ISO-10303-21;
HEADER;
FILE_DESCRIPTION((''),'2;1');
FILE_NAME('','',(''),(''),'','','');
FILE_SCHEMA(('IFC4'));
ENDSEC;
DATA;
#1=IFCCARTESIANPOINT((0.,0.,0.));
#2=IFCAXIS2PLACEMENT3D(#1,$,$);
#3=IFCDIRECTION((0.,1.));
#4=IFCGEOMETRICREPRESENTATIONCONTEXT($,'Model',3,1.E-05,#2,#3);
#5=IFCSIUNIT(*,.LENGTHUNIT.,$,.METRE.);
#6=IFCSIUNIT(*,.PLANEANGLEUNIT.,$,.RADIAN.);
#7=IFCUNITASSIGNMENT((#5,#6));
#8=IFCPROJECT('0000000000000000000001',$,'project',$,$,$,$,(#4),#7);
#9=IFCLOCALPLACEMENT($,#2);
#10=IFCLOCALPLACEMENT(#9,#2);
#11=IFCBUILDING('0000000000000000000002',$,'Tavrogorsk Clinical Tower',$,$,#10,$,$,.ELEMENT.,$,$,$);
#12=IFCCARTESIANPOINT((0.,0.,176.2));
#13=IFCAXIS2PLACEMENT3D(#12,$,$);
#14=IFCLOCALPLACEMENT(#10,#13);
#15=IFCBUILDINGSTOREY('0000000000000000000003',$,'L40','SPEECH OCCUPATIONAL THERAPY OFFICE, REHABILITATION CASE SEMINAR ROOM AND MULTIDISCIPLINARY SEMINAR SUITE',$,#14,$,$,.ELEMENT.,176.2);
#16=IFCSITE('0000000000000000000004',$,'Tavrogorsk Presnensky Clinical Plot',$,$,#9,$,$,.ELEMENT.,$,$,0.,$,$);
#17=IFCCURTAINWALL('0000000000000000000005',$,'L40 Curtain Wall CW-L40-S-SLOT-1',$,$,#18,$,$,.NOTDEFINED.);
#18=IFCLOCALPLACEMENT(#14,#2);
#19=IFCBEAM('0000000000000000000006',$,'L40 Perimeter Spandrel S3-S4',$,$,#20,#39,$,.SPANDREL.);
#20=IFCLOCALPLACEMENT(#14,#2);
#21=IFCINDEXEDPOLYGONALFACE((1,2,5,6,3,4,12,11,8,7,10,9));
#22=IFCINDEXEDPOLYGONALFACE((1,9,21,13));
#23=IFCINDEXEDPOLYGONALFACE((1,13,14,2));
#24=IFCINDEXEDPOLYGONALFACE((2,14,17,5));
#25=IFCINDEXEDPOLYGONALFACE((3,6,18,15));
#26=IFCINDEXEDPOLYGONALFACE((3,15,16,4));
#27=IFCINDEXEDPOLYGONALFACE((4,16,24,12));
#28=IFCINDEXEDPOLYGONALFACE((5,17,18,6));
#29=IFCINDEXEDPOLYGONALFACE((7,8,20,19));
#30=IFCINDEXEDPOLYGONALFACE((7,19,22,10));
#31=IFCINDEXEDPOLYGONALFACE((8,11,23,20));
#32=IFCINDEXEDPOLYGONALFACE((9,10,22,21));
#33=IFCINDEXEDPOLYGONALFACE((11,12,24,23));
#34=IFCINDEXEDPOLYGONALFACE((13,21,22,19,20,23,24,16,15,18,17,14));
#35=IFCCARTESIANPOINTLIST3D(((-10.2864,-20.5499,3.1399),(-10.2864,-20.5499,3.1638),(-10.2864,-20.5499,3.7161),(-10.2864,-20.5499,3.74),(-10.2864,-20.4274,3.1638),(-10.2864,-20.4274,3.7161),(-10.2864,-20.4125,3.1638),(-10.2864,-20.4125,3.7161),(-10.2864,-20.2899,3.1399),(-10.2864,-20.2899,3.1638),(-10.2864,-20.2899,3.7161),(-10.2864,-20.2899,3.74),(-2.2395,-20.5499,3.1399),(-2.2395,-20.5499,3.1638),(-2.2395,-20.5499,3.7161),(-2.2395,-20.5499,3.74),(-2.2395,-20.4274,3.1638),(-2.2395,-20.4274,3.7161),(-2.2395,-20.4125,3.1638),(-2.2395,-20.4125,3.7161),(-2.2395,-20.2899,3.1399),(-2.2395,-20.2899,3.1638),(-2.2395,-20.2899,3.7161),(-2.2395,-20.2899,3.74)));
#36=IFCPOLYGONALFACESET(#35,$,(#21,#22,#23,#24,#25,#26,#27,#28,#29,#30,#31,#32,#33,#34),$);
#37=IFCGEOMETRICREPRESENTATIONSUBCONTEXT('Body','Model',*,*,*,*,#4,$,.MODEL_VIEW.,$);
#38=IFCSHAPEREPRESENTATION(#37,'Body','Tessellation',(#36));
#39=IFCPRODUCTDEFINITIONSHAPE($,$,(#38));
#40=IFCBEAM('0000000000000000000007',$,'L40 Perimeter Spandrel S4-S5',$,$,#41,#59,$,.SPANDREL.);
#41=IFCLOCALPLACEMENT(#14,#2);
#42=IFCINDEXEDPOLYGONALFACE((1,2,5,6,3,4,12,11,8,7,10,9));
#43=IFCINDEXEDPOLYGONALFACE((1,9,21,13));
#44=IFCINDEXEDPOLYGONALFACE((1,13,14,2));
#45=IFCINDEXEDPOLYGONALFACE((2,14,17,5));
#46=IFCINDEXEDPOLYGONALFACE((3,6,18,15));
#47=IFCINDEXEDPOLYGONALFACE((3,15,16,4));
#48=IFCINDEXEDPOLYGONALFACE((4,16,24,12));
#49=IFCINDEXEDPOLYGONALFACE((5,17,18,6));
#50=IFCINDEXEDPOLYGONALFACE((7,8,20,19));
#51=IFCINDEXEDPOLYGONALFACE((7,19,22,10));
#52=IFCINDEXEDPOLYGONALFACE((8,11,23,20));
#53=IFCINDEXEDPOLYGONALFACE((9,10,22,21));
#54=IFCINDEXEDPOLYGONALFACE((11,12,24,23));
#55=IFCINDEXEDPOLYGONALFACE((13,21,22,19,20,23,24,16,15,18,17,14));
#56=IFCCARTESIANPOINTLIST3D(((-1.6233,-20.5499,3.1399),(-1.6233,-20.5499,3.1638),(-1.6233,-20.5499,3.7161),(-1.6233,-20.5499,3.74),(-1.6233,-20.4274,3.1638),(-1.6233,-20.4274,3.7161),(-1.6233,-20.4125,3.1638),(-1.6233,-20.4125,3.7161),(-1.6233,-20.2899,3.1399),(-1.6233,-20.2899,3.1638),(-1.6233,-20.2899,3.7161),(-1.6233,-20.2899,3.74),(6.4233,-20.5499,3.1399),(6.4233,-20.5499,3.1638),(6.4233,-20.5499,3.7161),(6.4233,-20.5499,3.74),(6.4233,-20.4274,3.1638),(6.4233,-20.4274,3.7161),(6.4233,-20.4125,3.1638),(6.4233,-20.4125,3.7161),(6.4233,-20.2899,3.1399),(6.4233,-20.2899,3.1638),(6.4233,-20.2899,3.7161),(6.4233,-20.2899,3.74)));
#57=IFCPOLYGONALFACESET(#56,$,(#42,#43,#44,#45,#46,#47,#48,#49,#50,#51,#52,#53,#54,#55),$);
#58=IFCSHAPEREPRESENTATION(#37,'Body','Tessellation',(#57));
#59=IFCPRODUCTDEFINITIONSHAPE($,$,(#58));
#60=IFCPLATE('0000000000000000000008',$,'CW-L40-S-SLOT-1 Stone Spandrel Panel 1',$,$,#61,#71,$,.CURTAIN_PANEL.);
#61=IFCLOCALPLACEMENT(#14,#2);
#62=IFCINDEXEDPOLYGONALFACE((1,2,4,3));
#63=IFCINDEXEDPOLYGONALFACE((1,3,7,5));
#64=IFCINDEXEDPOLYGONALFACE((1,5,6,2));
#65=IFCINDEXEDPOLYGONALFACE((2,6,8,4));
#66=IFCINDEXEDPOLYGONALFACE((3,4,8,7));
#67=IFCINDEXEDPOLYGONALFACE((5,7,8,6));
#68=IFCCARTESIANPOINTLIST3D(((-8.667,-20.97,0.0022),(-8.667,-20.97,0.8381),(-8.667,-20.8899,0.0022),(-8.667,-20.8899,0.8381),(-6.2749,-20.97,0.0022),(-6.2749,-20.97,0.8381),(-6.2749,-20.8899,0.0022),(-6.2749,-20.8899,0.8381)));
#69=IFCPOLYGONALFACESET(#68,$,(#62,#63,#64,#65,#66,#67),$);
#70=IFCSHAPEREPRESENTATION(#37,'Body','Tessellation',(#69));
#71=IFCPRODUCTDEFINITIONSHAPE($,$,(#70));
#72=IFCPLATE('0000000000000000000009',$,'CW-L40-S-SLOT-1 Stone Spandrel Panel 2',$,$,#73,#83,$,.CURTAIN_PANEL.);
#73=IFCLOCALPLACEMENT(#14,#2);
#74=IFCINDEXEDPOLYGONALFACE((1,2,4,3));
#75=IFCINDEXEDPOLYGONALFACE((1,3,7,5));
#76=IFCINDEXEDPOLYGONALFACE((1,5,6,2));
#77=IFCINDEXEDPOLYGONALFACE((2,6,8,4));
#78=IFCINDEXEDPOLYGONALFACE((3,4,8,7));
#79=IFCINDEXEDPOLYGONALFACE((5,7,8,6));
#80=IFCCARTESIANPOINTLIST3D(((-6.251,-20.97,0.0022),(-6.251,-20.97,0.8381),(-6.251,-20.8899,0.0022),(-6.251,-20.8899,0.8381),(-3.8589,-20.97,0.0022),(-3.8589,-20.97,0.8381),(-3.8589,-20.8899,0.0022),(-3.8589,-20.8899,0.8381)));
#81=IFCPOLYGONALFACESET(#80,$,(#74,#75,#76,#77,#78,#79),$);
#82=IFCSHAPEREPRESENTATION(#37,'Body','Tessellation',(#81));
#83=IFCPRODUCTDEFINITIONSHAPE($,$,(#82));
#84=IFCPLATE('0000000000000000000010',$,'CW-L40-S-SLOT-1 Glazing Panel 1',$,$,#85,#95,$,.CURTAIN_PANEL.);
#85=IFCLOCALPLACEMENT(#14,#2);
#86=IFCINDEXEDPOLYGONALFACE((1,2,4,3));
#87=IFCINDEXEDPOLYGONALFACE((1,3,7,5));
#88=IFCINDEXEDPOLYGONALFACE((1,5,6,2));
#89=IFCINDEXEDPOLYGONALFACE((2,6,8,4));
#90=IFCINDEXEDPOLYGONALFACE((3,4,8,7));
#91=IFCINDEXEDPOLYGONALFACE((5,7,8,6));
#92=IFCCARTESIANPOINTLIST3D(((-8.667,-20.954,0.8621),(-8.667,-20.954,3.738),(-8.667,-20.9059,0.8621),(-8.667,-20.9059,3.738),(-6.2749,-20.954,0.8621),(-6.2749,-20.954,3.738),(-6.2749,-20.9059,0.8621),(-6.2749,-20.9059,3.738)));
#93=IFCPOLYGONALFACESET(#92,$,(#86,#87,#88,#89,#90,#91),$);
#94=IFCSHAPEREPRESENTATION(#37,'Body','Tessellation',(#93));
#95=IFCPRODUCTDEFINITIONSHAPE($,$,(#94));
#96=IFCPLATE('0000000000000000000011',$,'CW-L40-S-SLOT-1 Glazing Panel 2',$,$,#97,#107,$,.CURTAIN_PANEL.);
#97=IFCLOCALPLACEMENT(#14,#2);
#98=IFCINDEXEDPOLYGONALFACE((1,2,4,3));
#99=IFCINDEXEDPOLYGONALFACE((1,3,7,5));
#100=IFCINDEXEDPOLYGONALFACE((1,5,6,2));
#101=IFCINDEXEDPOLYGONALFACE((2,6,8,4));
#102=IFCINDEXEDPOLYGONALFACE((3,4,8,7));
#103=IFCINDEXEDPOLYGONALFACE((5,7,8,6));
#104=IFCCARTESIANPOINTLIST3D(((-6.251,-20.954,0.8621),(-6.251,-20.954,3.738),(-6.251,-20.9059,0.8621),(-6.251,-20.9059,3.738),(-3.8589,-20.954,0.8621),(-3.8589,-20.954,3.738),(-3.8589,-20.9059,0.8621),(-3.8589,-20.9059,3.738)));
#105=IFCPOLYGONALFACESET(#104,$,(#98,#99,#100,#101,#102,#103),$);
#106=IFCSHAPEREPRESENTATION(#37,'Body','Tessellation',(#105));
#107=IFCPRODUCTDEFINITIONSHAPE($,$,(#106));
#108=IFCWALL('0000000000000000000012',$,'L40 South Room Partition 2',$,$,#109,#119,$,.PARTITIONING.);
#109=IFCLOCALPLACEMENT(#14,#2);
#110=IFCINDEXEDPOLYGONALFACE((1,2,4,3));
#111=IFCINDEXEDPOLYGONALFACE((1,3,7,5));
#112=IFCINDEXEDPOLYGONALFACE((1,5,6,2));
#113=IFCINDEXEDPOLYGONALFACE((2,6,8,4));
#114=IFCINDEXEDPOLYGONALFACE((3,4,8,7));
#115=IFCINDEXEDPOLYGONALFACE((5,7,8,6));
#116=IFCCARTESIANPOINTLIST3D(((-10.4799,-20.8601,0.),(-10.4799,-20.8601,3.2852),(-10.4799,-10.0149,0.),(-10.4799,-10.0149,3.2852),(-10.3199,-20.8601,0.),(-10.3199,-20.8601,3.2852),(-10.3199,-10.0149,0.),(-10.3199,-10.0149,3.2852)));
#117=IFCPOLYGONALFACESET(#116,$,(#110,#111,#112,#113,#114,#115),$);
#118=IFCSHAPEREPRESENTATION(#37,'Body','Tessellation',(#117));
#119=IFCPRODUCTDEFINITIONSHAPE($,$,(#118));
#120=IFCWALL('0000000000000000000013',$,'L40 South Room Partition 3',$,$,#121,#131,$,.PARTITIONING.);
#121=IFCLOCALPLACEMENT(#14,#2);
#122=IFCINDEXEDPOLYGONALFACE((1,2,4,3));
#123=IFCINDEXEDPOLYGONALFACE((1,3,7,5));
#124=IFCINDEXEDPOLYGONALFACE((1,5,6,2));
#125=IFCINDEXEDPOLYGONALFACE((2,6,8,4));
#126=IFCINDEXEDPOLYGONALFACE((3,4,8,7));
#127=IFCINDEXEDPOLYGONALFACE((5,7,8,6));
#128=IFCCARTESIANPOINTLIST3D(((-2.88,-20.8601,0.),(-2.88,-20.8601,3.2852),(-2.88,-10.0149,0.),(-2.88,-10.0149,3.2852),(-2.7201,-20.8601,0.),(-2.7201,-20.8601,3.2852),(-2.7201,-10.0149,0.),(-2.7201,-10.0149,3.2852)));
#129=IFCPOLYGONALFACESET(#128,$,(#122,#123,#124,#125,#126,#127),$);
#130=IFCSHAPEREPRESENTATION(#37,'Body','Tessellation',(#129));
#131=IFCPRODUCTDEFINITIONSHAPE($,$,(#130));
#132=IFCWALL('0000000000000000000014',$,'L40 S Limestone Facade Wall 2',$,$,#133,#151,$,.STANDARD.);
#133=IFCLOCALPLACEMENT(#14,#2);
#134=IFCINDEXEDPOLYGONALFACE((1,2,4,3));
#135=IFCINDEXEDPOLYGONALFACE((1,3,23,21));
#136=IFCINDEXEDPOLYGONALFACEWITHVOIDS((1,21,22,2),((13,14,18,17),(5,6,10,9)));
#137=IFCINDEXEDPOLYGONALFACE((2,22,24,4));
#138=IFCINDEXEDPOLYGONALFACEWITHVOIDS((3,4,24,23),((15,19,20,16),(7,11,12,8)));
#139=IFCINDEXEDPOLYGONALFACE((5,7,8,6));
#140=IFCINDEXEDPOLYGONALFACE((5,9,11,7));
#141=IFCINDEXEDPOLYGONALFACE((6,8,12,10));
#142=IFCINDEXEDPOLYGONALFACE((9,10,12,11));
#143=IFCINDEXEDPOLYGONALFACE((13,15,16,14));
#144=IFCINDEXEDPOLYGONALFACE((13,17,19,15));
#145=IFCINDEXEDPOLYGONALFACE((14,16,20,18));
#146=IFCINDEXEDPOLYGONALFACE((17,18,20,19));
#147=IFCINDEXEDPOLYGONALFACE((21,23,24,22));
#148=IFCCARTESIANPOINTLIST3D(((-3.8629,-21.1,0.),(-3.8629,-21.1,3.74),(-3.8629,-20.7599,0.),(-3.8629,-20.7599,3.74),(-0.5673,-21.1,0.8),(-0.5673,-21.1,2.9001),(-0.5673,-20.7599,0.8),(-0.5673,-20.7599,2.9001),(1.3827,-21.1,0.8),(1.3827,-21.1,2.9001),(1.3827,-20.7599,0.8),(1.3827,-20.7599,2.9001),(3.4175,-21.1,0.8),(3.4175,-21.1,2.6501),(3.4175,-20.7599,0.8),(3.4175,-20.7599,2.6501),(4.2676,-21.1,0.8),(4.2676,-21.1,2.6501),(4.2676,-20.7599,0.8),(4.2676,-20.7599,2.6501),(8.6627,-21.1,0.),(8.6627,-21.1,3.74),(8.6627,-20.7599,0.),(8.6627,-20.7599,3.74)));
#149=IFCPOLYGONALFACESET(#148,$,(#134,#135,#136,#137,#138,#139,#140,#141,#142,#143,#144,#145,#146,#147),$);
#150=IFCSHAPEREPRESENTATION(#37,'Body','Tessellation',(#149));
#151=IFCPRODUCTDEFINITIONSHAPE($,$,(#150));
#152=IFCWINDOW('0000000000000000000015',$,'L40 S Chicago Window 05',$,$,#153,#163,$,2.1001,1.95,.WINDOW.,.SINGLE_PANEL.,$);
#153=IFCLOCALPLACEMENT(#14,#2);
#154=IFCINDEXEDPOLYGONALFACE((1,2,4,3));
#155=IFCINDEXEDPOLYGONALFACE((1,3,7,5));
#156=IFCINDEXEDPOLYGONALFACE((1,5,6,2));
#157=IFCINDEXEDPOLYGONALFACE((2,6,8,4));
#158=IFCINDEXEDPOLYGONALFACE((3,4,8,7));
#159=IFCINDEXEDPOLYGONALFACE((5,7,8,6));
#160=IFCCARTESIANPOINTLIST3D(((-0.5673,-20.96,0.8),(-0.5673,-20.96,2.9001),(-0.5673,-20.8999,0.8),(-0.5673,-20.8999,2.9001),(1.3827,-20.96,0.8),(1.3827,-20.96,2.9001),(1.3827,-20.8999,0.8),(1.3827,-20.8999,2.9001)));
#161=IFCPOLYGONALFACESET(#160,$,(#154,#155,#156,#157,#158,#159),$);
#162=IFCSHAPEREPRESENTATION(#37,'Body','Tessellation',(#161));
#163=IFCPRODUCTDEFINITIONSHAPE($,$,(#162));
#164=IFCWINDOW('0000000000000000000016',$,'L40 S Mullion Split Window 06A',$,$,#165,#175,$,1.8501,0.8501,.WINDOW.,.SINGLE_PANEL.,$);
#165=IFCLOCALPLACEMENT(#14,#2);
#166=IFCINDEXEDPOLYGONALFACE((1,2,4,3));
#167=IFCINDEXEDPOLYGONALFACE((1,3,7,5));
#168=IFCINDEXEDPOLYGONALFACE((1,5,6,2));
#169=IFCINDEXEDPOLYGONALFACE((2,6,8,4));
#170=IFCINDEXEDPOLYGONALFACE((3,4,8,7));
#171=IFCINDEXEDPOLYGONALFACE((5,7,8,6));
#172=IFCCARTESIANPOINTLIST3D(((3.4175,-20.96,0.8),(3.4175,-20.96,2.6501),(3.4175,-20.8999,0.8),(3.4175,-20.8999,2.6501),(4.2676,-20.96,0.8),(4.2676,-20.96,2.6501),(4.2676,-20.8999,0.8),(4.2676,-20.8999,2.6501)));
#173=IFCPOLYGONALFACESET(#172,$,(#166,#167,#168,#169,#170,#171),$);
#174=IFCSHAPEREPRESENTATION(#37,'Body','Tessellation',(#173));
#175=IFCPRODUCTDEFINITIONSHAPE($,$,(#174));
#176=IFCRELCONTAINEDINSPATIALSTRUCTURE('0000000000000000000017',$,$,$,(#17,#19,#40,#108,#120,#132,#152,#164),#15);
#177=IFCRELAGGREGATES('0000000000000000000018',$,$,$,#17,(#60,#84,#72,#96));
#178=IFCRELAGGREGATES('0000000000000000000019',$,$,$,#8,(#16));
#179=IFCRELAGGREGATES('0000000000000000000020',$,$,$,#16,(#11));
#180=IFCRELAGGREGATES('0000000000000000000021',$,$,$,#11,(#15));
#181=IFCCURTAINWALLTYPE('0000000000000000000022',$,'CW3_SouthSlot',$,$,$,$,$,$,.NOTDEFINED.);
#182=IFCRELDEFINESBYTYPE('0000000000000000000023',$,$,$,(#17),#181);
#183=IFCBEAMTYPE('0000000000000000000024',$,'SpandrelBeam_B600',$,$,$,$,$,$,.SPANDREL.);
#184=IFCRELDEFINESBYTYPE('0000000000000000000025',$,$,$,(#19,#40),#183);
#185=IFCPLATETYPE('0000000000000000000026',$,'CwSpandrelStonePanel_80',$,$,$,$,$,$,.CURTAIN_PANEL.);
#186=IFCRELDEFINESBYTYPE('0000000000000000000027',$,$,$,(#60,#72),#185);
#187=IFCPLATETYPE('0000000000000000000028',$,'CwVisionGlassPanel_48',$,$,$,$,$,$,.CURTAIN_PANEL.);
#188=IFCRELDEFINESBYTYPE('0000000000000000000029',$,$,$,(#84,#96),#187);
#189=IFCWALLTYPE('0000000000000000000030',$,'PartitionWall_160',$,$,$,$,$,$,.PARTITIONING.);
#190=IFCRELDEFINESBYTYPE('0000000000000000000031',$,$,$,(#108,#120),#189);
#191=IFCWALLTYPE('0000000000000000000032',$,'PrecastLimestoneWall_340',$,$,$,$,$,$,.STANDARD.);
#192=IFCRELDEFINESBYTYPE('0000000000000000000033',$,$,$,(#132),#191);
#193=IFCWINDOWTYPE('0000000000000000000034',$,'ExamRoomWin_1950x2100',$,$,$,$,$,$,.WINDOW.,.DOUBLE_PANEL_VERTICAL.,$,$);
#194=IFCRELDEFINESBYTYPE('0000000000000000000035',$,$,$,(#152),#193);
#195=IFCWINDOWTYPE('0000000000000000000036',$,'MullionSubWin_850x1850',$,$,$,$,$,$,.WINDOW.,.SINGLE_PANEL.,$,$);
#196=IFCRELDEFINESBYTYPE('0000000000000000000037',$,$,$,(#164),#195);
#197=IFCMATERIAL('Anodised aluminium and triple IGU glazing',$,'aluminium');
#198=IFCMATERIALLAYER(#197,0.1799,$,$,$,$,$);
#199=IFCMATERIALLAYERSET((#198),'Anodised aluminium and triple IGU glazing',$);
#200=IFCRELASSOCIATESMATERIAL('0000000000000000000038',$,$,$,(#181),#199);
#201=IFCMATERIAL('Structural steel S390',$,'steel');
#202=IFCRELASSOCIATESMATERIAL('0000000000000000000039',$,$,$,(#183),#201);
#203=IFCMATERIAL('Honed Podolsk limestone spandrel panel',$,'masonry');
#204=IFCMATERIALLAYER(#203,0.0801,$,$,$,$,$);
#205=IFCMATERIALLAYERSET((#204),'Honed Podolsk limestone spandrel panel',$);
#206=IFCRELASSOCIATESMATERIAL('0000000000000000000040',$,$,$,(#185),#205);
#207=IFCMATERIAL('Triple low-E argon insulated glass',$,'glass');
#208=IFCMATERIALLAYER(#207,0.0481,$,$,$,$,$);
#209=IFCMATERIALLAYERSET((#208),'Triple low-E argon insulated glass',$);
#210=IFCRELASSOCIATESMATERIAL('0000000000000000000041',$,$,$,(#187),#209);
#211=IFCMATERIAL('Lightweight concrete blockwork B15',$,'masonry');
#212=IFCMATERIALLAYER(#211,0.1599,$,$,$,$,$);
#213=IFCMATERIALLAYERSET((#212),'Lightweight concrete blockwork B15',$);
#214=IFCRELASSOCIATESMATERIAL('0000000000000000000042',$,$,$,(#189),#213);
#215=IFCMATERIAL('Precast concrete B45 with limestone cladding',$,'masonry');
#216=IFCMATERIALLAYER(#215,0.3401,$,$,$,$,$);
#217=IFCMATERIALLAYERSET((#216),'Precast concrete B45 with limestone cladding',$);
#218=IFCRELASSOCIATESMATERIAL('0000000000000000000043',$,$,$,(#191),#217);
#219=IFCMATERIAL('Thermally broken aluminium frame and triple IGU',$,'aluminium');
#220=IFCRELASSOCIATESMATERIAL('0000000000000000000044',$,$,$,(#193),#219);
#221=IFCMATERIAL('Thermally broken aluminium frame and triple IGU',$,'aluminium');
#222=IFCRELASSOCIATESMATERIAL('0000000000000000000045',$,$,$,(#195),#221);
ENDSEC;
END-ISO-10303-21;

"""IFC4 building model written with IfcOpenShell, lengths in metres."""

from ifc_helpers import new_model, si_unit, direction, frame, frame_2d, origin, origin_2d, place, context, subcontext, project, spatial, rectangle, i_section, extrude, material, layer, layer_set, material_profile, profile_set, type_object, element, fill, aggregate, save


model = new_model("IFC4")

# Units and contexts
model_context = context("Model", 3, precision=1e-05, world=origin(), true_north=direction((0.0, 1.0)))
body_context = subcontext(model_context, "Body", "Model", "MODEL_VIEW")
ifc_project = project(units=[si_unit("LENGTHUNIT", "METRE"), si_unit("PLANEANGLEUNIT", "RADIAN")], contexts=[model_context])

# Site, building, storey
site_placement = place(None, origin())
site = spatial("IfcSite", under=ifc_project, at=site_placement, Name="Tavrogorsk Presnensky Clinical Plot", CompositionType="ELEMENT", RefElevation=0.0)
building_placement = place(site_placement, origin())
building = spatial("IfcBuilding", under=site, at=building_placement, Name="Tavrogorsk Clinical Tower", CompositionType="ELEMENT")
storey_placement = place(building_placement, frame((0.0, 0.0, 176.2)))
storey = spatial("IfcBuildingStorey", under=building, at=storey_placement, Name="L40", Description="SPEECH OCCUPATIONAL THERAPY OFFICE, REHABILITATION CASE SEMINAR ROOM AND MULTIDISCIPLINARY SEMINAR SUITE", CompositionType="ELEMENT", Elevation=176.2)

# Curtain wall
ifc_material_1 = material(Name="Anodised aluminium and triple IGU glazing", Category="aluminium")
ifc_layer_1 = layer(ifc_material_1, 0.1799)
ifc_layer_set_1 = layer_set([ifc_layer_1], Name="Anodised aluminium and triple IGU glazing")
curtain_wall_type = type_object("IfcCurtainWallType", Name="CW3_SouthSlot", PredefinedType="NOTDEFINED", material=ifc_layer_set_1)
curtain_wall_placement = place(storey_placement, origin())
curtain_wall = element("IfcCurtainWall", 1, at=curtain_wall_placement, inside=storey, type_object=curtain_wall_type, Name="L40 Curtain Wall CW-L40-S-SLOT-1", PredefinedType="NOTDEFINED")

# Beams
ifc_material_2 = material(Name="Structural steel S390", Category="steel")
ifc_material_profile_1 = material_profile(ifc_material_2, i_section(OverallWidth=0.26, OverallDepth=0.6001, WebThickness=0.0149, FlangeThickness=0.0239, at=origin_2d()), Name="B-600x260x15x24")
ifc_profile_set_1 = profile_set([ifc_material_profile_1], Name="Structural steel S390")
beam_type_1 = type_object("IfcBeamType", Name="SpandrelBeam_B600", PredefinedType="SPANDREL", material=ifc_profile_set_1)
beam_1_placement = place(storey_placement, frame((-10.2864, -20.4199, 3.4399), z_axis=(1.0, 0.0, 0.0), x_axis=(0.0, 1.0, 0.0)))
element("IfcBeam", 2, at=beam_1_placement, inside=storey, type_object=beam_type_1, Name="L40 Perimeter Spandrel S3-S4", PredefinedType="SPANDREL", context=body_context, shape_type="SweptSolid", body=[
    extrude(i_section(OverallWidth=0.26, OverallDepth=0.6001, WebThickness=0.0149, FlangeThickness=0.0239, at=origin_2d()), origin(), (0.0, 0.0, 1.0), 8.0469),
])
beam_2_placement = place(storey_placement, frame((-1.6233, -20.4199, 3.4399), z_axis=(1.0, 0.0, 0.0), x_axis=(0.0, 1.0, 0.0)))
element("IfcBeam", 3, at=beam_2_placement, inside=storey, type_object=beam_type_1, Name="L40 Perimeter Spandrel S4-S5", PredefinedType="SPANDREL", context=body_context, shape_type="SweptSolid", body=[
    extrude(i_section(OverallWidth=0.26, OverallDepth=0.6001, WebThickness=0.0149, FlangeThickness=0.0239, at=origin_2d()), origin(), (0.0, 0.0, 1.0), 8.0466),
])

# Plates
ifc_material_3 = material(Name="Honed Podolsk limestone spandrel panel", Category="masonry")
ifc_layer_2 = layer(ifc_material_3, 0.0801)
ifc_layer_set_2 = layer_set([ifc_layer_2], Name="Honed Podolsk limestone spandrel panel")
plate_type_1 = type_object("IfcPlateType", Name="CwSpandrelStonePanel_80", PredefinedType="CURTAIN_PANEL", material=ifc_layer_set_2)
plate_1_placement = place(storey_placement, frame((-7.4709, -20.9299, 0.0022), z_axis=(0.0, 0.0, 1.0), x_axis=(1.0, 0.0, 0.0)))
plate_1 = element("IfcPlate", 4, at=plate_1_placement, type_object=plate_type_1, Name="CW-L40-S-SLOT-1 Stone Spandrel Panel 1", PredefinedType="CURTAIN_PANEL", context=body_context, shape_type="SweptSolid", body=[
    extrude(rectangle(XDim=2.3921, YDim=0.0801, at=origin_2d()), origin(), (0.0, 0.0, 1.0), 0.8359),
])
plate_2_placement = place(storey_placement, frame((-5.0549, -20.9299, 0.0022), z_axis=(0.0, 0.0, 1.0), x_axis=(1.0, 0.0, 0.0)))
plate_2 = element("IfcPlate", 5, at=plate_2_placement, type_object=plate_type_1, Name="CW-L40-S-SLOT-1 Stone Spandrel Panel 2", PredefinedType="CURTAIN_PANEL", context=body_context, shape_type="SweptSolid", body=[
    extrude(rectangle(XDim=2.3921, YDim=0.0801, at=origin_2d()), origin(), (0.0, 0.0, 1.0), 0.8359),
])
ifc_material_4 = material(Name="Triple low-E argon insulated glass", Category="glass")
ifc_layer_3 = layer(ifc_material_4, 0.0481)
ifc_layer_set_3 = layer_set([ifc_layer_3], Name="Triple low-E argon insulated glass")
plate_type_2 = type_object("IfcPlateType", Name="CwVisionGlassPanel_48", PredefinedType="CURTAIN_PANEL", material=ifc_layer_set_3)
plate_3_placement = place(storey_placement, frame((-7.4709, -20.9299, 0.8621), z_axis=(0.0, 0.0, 1.0), x_axis=(1.0, 0.0, 0.0)))
plate_3 = element("IfcPlate", 6, at=plate_3_placement, type_object=plate_type_2, Name="CW-L40-S-SLOT-1 Glazing Panel 1", PredefinedType="CURTAIN_PANEL", context=body_context, shape_type="SweptSolid", body=[
    extrude(rectangle(XDim=2.3921, YDim=0.0481, at=origin_2d()), origin(), (0.0, 0.0, 1.0), 2.876),
])
plate_4_placement = place(storey_placement, frame((-5.0549, -20.9299, 0.8621), z_axis=(0.0, 0.0, 1.0), x_axis=(1.0, 0.0, 0.0)))
plate_4 = element("IfcPlate", 7, at=plate_4_placement, type_object=plate_type_2, Name="CW-L40-S-SLOT-1 Glazing Panel 2", PredefinedType="CURTAIN_PANEL", context=body_context, shape_type="SweptSolid", body=[
    extrude(rectangle(XDim=2.3921, YDim=0.0481, at=origin_2d()), origin(), (0.0, 0.0, 1.0), 2.876),
])
aggregate(curtain_wall, [plate_1, plate_3, plate_2, plate_4])

# Walls
ifc_material_5 = material(Name="Lightweight concrete blockwork B15", Category="masonry")
ifc_layer_4 = layer(ifc_material_5, 0.1599)
ifc_layer_set_4 = layer_set([ifc_layer_4], Name="Lightweight concrete blockwork B15")
wall_type_1 = type_object("IfcWallType", Name="PartitionWall_160", PredefinedType="PARTITIONING", material=ifc_layer_set_4)
for number, where, z_axis, x_axis, name in (
    (8, (-10.3999, -20.8601, 0.0), (0.0, 0.0, 1.0), (0.0, 1.0, 0.0), "L40 South Room Partition 2"),
    (9, (-2.8, -20.8601, 0.0), (0.0, 0.0, 1.0), (0.0, 1.0, 0.0), "L40 South Room Partition 3"),
):
    element("IfcWall", number, at=place(storey_placement, frame(where, z_axis=z_axis, x_axis=x_axis)), inside=storey, type_object=wall_type_1, Name=name, PredefinedType="PARTITIONING", context=body_context, shape_type="SweptSolid", body=[
        extrude(rectangle(XDim=10.8452, YDim=0.1599, at=frame_2d((5.4226, 0.0))), origin(), (0.0, 0.0, 1.0), 3.2852),
    ])

# Wall, openings, windows
ifc_material_6 = material(Name="Precast concrete B45 with limestone cladding", Category="masonry")
ifc_layer_5 = layer(ifc_material_6, 0.3401)
ifc_layer_set_5 = layer_set([ifc_layer_5], Name="Precast concrete B45 with limestone cladding")
wall_type_2 = type_object("IfcWallType", Name="PrecastLimestoneWall_340", PredefinedType="STANDARD", material=ifc_layer_set_5)
wall_placement = place(storey_placement, frame((-3.8628, -20.9299, 0.0), z_axis=(0.0, 0.0, 1.0), x_axis=(1.0, 0.0, 0.0)))
wall = element("IfcWall", 10, at=wall_placement, inside=storey, type_object=wall_type_2, Name="L40 S Limestone Facade Wall 2", PredefinedType="STANDARD", context=body_context, shape_type="SweptSolid", body=[
    extrude(rectangle(XDim=12.5256, YDim=0.3401, at=frame_2d((6.2627, 0.0))), origin(), (0.0, 0.0, 1.0), 3.74),
])
opening_1_placement = place(wall_placement, frame((3.2954, 0.0, 0.8)))
opening_1 = element("IfcOpeningElement", 11, at=opening_1_placement, cuts=wall, PredefinedType="OPENING", context=body_context, shape_type="SweptSolid", body=[
    extrude(rectangle(XDim=1.95, YDim=2.1001, at=frame_2d((0.9751, 1.05))), frame((0.0, 0.1799, 0.0), z_axis=(0.0, -1.0, 0.0), x_axis=(1.0, 0.0, 0.0)), (0.0, 0.0, 1.0), 0.3601),
])
opening_2_placement = place(wall_placement, frame((7.2803, 0.0, 0.8)))
opening_2 = element("IfcOpeningElement", 12, at=opening_2_placement, cuts=wall, PredefinedType="OPENING", context=body_context, shape_type="SweptSolid", body=[
    extrude(rectangle(XDim=0.8501, YDim=1.8501, at=frame_2d((0.425, 0.925))), frame((0.0, 0.1799, 0.0), z_axis=(0.0, -1.0, 0.0), x_axis=(1.0, 0.0, 0.0)), (0.0, 0.0, 1.0), 0.3601),
])
ifc_material_7 = material(Name="Thermally broken aluminium frame and triple IGU", Category="aluminium")
window_type_1 = type_object("IfcWindowType", Name="ExamRoomWin_1950x2100", PartitioningType="DOUBLE_PANEL_VERTICAL", PredefinedType="WINDOW", material=ifc_material_7)
window_1_placement = place(opening_1_placement, origin())
window_1 = element("IfcWindow", 13, at=window_1_placement, inside=storey, type_object=window_type_1, Name="L40 S Chicago Window 05", OverallHeight=2.1001, OverallWidth=1.95, PartitioningType="SINGLE_PANEL", PredefinedType="WINDOW", context=body_context, shape_type="SweptSolid", body=[
    extrude(rectangle(XDim=1.95, YDim=2.1001, at=frame_2d((0.9751, 1.05))), frame((0.0, 0.03, 0.0), z_axis=(0.0, -1.0, 0.0), x_axis=(1.0, 0.0, 0.0)), (0.0, 0.0, 1.0), 0.0601),
])
fill(opening_1, window_1)
ifc_material_8 = material(Name="Thermally broken aluminium frame and triple IGU", Category="aluminium")
window_type_2 = type_object("IfcWindowType", Name="MullionSubWin_850x1850", PartitioningType="SINGLE_PANEL", PredefinedType="WINDOW", material=ifc_material_8)
window_2_placement = place(opening_2_placement, origin())
window_2 = element("IfcWindow", 14, at=window_2_placement, inside=storey, type_object=window_type_2, Name="L40 S Mullion Split Window 06A", OverallHeight=1.8501, OverallWidth=0.8501, PartitioningType="SINGLE_PANEL", PredefinedType="WINDOW", context=body_context, shape_type="SweptSolid", body=[
    extrude(rectangle(XDim=0.8501, YDim=1.8501, at=frame_2d((0.425, 0.925))), frame((0.0, 0.03, 0.0), z_axis=(0.0, -1.0, 0.0), x_axis=(1.0, 0.0, 0.0)), (0.0, 0.0, 1.0), 0.0601),
])
fill(opening_2, window_2)

save(model, "model.ifc")
